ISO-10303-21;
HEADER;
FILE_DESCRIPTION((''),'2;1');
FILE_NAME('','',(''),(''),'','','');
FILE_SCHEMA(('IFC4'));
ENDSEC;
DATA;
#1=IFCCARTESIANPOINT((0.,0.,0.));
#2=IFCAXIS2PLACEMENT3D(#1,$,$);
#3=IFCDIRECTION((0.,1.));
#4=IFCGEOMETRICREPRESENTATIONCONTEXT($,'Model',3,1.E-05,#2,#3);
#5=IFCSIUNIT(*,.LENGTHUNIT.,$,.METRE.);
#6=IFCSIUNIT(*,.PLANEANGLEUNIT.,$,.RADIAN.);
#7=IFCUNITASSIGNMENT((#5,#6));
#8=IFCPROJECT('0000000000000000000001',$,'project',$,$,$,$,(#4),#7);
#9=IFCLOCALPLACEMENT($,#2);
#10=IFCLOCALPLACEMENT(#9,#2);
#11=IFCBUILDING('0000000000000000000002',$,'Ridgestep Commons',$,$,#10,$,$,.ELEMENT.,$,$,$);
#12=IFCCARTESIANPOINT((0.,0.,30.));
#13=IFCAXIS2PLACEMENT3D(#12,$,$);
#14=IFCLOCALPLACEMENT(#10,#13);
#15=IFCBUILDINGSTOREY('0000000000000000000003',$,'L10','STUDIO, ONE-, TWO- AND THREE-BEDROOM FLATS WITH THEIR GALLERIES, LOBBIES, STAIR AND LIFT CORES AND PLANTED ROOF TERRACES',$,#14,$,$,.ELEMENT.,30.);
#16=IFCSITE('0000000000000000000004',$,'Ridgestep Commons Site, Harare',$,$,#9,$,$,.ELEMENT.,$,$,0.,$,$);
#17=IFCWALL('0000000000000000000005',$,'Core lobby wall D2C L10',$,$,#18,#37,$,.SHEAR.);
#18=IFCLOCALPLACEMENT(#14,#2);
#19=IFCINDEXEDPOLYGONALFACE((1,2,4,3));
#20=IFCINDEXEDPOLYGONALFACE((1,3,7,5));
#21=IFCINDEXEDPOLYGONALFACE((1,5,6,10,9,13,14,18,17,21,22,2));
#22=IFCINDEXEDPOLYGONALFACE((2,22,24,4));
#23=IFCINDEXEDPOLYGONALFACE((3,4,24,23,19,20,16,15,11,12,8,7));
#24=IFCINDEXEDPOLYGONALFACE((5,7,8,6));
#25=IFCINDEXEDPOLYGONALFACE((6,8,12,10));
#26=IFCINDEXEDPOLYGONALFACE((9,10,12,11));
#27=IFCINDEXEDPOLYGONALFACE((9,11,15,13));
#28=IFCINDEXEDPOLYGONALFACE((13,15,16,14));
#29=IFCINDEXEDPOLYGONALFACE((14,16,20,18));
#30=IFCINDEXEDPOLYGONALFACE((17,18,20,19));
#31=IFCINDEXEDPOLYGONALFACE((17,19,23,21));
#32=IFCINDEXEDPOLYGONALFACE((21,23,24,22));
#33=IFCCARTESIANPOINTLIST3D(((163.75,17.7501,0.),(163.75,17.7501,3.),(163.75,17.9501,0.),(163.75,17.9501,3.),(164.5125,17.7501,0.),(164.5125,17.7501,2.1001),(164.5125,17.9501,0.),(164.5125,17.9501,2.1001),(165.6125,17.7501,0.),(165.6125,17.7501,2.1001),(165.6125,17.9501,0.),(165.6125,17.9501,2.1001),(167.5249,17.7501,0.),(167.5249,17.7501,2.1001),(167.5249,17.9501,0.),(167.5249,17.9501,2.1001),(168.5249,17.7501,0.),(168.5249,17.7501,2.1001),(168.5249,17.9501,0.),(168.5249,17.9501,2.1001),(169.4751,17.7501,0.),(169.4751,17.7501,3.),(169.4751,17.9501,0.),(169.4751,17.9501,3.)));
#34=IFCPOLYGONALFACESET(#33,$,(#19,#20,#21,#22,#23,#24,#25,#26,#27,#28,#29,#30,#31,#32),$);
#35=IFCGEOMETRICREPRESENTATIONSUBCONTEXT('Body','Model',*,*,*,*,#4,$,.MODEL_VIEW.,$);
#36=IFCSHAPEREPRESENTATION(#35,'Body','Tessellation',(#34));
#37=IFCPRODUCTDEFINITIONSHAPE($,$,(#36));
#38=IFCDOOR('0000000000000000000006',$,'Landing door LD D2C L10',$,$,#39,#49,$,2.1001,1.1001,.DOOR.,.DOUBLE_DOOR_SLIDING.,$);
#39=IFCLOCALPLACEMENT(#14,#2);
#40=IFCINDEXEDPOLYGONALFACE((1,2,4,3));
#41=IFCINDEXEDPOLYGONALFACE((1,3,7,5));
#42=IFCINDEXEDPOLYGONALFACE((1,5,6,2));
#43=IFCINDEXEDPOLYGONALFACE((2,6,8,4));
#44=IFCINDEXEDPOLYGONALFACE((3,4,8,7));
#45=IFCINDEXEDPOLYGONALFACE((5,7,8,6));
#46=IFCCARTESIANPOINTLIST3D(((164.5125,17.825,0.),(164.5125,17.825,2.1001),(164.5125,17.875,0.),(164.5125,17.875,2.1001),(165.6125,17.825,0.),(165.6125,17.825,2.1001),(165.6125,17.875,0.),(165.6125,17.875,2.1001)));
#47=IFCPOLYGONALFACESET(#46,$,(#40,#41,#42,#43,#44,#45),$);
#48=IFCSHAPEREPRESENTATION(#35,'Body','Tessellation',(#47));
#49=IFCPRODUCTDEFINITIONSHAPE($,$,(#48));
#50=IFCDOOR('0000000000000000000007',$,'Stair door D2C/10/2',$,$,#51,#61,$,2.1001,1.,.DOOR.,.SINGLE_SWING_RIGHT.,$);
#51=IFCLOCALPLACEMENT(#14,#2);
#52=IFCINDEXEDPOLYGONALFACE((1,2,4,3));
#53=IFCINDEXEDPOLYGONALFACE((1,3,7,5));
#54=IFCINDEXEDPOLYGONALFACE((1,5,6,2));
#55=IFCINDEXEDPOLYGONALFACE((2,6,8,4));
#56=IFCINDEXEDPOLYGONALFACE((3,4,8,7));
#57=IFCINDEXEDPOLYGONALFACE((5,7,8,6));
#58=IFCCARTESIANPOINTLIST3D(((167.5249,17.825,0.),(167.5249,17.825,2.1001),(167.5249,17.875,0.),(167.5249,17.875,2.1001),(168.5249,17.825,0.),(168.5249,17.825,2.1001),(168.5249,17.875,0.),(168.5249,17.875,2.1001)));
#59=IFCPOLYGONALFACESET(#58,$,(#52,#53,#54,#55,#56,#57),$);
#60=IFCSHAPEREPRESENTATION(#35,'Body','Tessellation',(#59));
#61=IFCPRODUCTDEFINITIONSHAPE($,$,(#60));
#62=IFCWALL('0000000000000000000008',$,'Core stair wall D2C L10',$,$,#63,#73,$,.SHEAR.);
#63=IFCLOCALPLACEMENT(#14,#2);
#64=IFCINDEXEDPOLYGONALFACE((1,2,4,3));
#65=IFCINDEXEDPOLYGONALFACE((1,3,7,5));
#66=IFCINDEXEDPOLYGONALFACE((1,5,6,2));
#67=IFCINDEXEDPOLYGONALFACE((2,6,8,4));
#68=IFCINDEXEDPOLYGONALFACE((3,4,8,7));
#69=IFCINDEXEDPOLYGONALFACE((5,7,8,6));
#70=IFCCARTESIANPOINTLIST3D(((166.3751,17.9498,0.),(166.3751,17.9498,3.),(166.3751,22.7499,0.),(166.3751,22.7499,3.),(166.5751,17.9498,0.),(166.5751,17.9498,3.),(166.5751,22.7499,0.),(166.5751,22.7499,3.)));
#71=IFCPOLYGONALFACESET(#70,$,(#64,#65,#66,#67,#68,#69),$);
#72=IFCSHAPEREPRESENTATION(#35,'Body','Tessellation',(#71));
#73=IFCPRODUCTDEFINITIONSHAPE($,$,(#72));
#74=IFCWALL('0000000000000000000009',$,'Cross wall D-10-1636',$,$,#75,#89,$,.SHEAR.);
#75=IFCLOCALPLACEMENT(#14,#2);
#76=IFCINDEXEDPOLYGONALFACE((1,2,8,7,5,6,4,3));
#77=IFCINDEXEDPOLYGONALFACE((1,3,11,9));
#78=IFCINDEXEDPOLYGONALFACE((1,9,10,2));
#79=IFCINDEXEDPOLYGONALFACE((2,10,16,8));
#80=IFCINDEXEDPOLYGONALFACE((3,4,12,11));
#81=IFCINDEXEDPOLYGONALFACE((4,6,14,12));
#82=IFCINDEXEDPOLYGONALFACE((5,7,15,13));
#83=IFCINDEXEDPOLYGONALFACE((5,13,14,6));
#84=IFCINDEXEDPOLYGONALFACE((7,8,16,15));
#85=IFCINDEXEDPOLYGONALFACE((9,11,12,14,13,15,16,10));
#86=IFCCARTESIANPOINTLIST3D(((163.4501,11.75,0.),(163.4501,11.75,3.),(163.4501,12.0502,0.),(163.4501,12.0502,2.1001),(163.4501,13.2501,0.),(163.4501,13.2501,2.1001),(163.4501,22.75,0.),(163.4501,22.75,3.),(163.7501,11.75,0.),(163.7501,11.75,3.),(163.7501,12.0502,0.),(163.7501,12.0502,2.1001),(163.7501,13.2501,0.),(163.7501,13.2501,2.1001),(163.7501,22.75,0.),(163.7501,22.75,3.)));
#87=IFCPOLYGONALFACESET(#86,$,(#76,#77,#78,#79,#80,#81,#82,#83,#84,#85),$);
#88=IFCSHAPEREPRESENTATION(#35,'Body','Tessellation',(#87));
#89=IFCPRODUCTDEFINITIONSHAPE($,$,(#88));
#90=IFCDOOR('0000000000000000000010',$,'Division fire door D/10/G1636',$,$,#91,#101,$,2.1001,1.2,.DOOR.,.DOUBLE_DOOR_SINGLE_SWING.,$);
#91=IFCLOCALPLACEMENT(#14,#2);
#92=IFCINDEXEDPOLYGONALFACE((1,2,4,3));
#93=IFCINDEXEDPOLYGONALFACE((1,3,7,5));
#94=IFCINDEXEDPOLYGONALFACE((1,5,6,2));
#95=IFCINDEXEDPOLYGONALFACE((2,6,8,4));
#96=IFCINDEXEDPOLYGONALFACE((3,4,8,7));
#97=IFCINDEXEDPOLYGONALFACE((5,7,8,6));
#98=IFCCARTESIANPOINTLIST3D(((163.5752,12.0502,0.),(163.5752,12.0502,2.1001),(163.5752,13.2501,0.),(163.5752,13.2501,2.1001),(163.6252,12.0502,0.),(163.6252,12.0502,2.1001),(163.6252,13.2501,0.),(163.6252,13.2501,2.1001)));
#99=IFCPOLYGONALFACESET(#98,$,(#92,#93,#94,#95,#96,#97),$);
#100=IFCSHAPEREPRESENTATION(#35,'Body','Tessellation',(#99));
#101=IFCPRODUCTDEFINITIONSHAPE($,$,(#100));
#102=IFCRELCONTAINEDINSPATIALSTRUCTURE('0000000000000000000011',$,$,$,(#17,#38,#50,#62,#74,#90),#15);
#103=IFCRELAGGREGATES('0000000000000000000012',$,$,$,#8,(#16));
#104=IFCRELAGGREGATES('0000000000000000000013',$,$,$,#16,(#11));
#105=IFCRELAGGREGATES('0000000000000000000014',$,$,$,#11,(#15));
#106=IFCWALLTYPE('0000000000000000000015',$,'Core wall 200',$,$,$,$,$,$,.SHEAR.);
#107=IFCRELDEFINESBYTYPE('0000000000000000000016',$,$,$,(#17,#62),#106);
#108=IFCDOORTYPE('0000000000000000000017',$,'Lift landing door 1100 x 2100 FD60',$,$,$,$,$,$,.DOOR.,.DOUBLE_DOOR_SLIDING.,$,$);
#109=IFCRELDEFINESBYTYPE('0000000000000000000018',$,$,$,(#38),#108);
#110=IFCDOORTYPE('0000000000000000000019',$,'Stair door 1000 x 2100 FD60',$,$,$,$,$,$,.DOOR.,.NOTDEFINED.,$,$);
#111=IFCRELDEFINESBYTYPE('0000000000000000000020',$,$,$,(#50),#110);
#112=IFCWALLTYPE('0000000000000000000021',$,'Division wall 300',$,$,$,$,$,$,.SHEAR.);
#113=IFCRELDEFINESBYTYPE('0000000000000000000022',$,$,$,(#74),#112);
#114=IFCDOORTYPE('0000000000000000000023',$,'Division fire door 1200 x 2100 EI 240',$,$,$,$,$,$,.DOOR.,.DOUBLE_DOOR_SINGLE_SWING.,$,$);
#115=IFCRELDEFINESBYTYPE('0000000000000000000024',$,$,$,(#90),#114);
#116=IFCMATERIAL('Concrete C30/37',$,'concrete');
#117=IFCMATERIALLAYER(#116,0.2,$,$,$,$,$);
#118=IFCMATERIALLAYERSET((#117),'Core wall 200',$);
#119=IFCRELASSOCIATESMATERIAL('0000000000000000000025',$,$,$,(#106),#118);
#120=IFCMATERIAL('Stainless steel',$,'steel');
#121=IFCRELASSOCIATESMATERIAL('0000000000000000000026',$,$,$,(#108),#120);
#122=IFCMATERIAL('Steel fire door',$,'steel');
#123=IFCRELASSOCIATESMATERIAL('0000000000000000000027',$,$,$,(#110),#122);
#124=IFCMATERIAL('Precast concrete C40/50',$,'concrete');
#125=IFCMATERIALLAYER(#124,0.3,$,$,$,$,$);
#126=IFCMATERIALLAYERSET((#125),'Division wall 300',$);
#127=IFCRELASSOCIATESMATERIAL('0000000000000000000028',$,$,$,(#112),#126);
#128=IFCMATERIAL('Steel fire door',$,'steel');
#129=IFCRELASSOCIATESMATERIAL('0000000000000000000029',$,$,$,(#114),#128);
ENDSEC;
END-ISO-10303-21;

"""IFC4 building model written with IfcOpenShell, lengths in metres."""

from ifc_helpers import new_model, si_unit, direction, frame, frame_2d, origin, place, context, subcontext, project, spatial, rectangle, extrude, material, layer, layer_set, type_object, element, fill, save


model = new_model("IFC4")

# Units and contexts
model_context = context("Model", 3, precision=1e-05, world=origin(), true_north=direction((0.0, 1.0)))
body_context = subcontext(model_context, "Body", "Model", "MODEL_VIEW")
ifc_project = project(units=[si_unit("LENGTHUNIT", "METRE"), si_unit("PLANEANGLEUNIT", "RADIAN")], contexts=[model_context])

# Site, building, storey
site_placement = place(None, origin())
site = spatial("IfcSite", under=ifc_project, at=site_placement, Name="Ridgestep Commons Site, Harare", CompositionType="ELEMENT", RefElevation=0.0)
building_placement = place(site_placement, origin())
building = spatial("IfcBuilding", under=site, at=building_placement, Name="Ridgestep Commons", CompositionType="ELEMENT")
storey_placement = place(building_placement, frame((0.0, 0.0, 30.0)))
storey = spatial("IfcBuildingStorey", under=building, at=storey_placement, Name="L10", Description="STUDIO, ONE-, TWO- AND THREE-BEDROOM FLATS WITH THEIR GALLERIES, LOBBIES, STAIR AND LIFT CORES AND PLANTED ROOF TERRACES", CompositionType="ELEMENT", Elevation=30.0)

# Shared definitions
ifc_material_1 = material(Name="Concrete C30/37", Category="concrete")
ifc_layer_1 = layer(ifc_material_1, 0.2)
ifc_layer_set_1 = layer_set([ifc_layer_1], Name="Core wall 200")
wall_type_1 = type_object("IfcWallType", Name="Core wall 200", PredefinedType="SHEAR", material=ifc_layer_set_1)

# Wall, openings, doors
wall_1_placement = place(storey_placement, frame((163.75, 17.8501, 0.0), z_axis=(0.0, 0.0, 1.0), x_axis=(1.0, 0.0, 0.0)))
wall_1 = element("IfcWall", 1, at=wall_1_placement, inside=storey, type_object=wall_type_1, Name="Core lobby wall D2C L10", PredefinedType="SHEAR", context=body_context, shape_type="SweptSolid", body=[
    extrude(rectangle(XDim=5.7251, YDim=0.2, at=frame_2d((2.8625, 0.0))), origin(), (0.0, 0.0, 1.0), 3.0),
])
opening_1_placement = place(wall_1_placement, frame((3.7749, 0.0, 0.0)))
opening_1 = element("IfcOpeningElement", 2, at=opening_1_placement, cuts=wall_1, PredefinedType="OPENING", context=body_context, shape_type="SweptSolid", body=[
    extrude(rectangle(XDim=1.0, YDim=2.1001, at=frame_2d((0.5, 1.05))), frame((0.0, 0.1099, 0.0), z_axis=(0.0, -1.0, 0.0), x_axis=(1.0, 0.0, 0.0)), (0.0, 0.0, 1.0), 0.22),
])
opening_2_placement = place(wall_1_placement, frame((0.7625, 0.0, 0.0)))
opening_2 = element("IfcOpeningElement", 3, at=opening_2_placement, cuts=wall_1, PredefinedType="OPENING", context=body_context, shape_type="SweptSolid", body=[
    extrude(rectangle(XDim=1.1001, YDim=2.1001, at=frame_2d((0.55, 1.05))), frame((0.0, 0.1099, 0.0), z_axis=(0.0, -1.0, 0.0), x_axis=(1.0, 0.0, 0.0)), (0.0, 0.0, 1.0), 0.22),
])
ifc_material_2 = material(Name="Stainless steel", Category="steel")
door_type_1 = type_object("IfcDoorType", Name="Lift landing door 1100 x 2100 FD60", OperationType="DOUBLE_DOOR_SLIDING", PredefinedType="DOOR", material=ifc_material_2)
door_1_placement = place(opening_2_placement, origin())
door_1 = element("IfcDoor", 4, at=door_1_placement, inside=storey, type_object=door_type_1, Name="Landing door LD D2C L10", OperationType="DOUBLE_DOOR_SLIDING", OverallHeight=2.1001, OverallWidth=1.1001, PredefinedType="DOOR", context=body_context, shape_type="SweptSolid", body=[
    extrude(rectangle(XDim=1.1001, YDim=2.1001, at=frame_2d((0.55, 1.05))), frame((0.0, 0.0249, 0.0), z_axis=(0.0, -1.0, 0.0), x_axis=(1.0, 0.0, 0.0)), (0.0, 0.0, 1.0), 0.05),
])
fill(opening_2, door_1)
ifc_material_3 = material(Name="Steel fire door", Category="steel")
door_type_2 = type_object("IfcDoorType", Name="Stair door 1000 x 2100 FD60", OperationType="NOTDEFINED", PredefinedType="DOOR", material=ifc_material_3)
door_2_placement = place(opening_1_placement, origin())
door_2 = element("IfcDoor", 5, at=door_2_placement, inside=storey, type_object=door_type_2, Name="Stair door D2C/10/2", OperationType="SINGLE_SWING_RIGHT", OverallHeight=2.1001, OverallWidth=1.0, PredefinedType="DOOR", context=body_context, shape_type="SweptSolid", body=[
    extrude(rectangle(XDim=1.0, YDim=2.1001, at=frame_2d((0.5, 1.05))), frame((0.0, 0.0249, 0.0), z_axis=(0.0, -1.0, 0.0), x_axis=(1.0, 0.0, 0.0)), (0.0, 0.0, 1.0), 0.05),
])
fill(opening_1, door_2)

# Wall
wall_2_placement = place(storey_placement, frame((166.4751, 17.95, 0.0), z_axis=(0.0, 0.0, 1.0), x_axis=(0.0, 1.0, 0.0)))
element("IfcWall", 6, at=wall_2_placement, inside=storey, type_object=wall_type_1, Name="Core stair wall D2C L10", PredefinedType="SHEAR", context=body_context, shape_type="SweptSolid", body=[
    extrude(rectangle(XDim=4.8, YDim=0.2, at=frame_2d((2.3999, 0.0))), origin(), (0.0, 0.0, 1.0), 3.0),
])

# Wall, opening, door
ifc_material_4 = material(Name="Precast concrete C40/50", Category="concrete")
ifc_layer_2 = layer(ifc_material_4, 0.3)
ifc_layer_set_2 = layer_set([ifc_layer_2], Name="Division wall 300")
wall_type_2 = type_object("IfcWallType", Name="Division wall 300", PredefinedType="SHEAR", material=ifc_layer_set_2)
wall_3_placement = place(storey_placement, frame((163.6001, 11.75, 0.0), z_axis=(0.0, 0.0, 1.0), x_axis=(0.0, 1.0, 0.0)))
wall_3 = element("IfcWall", 7, at=wall_3_placement, inside=storey, type_object=wall_type_2, Name="Cross wall D-10-1636", PredefinedType="SHEAR", context=body_context, shape_type="SweptSolid", body=[
    extrude(rectangle(XDim=11.0, YDim=0.3, at=frame_2d((5.5, 0.0))), origin(), (0.0, 0.0, 1.0), 3.0),
])
opening_3_placement = place(wall_3_placement, frame((0.3, 0.0, 0.0)))
opening_3 = element("IfcOpeningElement", 8, at=opening_3_placement, cuts=wall_3, PredefinedType="OPENING", context=body_context, shape_type="SweptSolid", body=[
    extrude(rectangle(XDim=1.2, YDim=2.1001, at=frame_2d((0.6001, 1.05))), frame((0.0, 0.1599, 0.0), z_axis=(0.0, -1.0, 0.0), x_axis=(1.0, 0.0, 0.0)), (0.0, 0.0, 1.0), 0.3201),
])
ifc_material_5 = material(Name="Steel fire door", Category="steel")
door_type_3 = type_object("IfcDoorType", Name="Division fire door 1200 x 2100 EI 240", OperationType="DOUBLE_DOOR_SINGLE_SWING", PredefinedType="DOOR", material=ifc_material_5)
door_3_placement = place(opening_3_placement, origin())
door_3 = element("IfcDoor", 9, at=door_3_placement, inside=storey, type_object=door_type_3, Name="Division fire door D/10/G1636", OperationType="DOUBLE_DOOR_SINGLE_SWING", OverallHeight=2.1001, OverallWidth=1.2, PredefinedType="DOOR", context=body_context, shape_type="SweptSolid", body=[
    extrude(rectangle(XDim=1.2, YDim=2.1001, at=frame_2d((0.6001, 1.05))), frame((0.0, 0.0249, 0.0), z_axis=(0.0, -1.0, 0.0), x_axis=(1.0, 0.0, 0.0)), (0.0, 0.0, 1.0), 0.05),
])
fill(opening_3, door_3)

save(model, "model.ifc")
